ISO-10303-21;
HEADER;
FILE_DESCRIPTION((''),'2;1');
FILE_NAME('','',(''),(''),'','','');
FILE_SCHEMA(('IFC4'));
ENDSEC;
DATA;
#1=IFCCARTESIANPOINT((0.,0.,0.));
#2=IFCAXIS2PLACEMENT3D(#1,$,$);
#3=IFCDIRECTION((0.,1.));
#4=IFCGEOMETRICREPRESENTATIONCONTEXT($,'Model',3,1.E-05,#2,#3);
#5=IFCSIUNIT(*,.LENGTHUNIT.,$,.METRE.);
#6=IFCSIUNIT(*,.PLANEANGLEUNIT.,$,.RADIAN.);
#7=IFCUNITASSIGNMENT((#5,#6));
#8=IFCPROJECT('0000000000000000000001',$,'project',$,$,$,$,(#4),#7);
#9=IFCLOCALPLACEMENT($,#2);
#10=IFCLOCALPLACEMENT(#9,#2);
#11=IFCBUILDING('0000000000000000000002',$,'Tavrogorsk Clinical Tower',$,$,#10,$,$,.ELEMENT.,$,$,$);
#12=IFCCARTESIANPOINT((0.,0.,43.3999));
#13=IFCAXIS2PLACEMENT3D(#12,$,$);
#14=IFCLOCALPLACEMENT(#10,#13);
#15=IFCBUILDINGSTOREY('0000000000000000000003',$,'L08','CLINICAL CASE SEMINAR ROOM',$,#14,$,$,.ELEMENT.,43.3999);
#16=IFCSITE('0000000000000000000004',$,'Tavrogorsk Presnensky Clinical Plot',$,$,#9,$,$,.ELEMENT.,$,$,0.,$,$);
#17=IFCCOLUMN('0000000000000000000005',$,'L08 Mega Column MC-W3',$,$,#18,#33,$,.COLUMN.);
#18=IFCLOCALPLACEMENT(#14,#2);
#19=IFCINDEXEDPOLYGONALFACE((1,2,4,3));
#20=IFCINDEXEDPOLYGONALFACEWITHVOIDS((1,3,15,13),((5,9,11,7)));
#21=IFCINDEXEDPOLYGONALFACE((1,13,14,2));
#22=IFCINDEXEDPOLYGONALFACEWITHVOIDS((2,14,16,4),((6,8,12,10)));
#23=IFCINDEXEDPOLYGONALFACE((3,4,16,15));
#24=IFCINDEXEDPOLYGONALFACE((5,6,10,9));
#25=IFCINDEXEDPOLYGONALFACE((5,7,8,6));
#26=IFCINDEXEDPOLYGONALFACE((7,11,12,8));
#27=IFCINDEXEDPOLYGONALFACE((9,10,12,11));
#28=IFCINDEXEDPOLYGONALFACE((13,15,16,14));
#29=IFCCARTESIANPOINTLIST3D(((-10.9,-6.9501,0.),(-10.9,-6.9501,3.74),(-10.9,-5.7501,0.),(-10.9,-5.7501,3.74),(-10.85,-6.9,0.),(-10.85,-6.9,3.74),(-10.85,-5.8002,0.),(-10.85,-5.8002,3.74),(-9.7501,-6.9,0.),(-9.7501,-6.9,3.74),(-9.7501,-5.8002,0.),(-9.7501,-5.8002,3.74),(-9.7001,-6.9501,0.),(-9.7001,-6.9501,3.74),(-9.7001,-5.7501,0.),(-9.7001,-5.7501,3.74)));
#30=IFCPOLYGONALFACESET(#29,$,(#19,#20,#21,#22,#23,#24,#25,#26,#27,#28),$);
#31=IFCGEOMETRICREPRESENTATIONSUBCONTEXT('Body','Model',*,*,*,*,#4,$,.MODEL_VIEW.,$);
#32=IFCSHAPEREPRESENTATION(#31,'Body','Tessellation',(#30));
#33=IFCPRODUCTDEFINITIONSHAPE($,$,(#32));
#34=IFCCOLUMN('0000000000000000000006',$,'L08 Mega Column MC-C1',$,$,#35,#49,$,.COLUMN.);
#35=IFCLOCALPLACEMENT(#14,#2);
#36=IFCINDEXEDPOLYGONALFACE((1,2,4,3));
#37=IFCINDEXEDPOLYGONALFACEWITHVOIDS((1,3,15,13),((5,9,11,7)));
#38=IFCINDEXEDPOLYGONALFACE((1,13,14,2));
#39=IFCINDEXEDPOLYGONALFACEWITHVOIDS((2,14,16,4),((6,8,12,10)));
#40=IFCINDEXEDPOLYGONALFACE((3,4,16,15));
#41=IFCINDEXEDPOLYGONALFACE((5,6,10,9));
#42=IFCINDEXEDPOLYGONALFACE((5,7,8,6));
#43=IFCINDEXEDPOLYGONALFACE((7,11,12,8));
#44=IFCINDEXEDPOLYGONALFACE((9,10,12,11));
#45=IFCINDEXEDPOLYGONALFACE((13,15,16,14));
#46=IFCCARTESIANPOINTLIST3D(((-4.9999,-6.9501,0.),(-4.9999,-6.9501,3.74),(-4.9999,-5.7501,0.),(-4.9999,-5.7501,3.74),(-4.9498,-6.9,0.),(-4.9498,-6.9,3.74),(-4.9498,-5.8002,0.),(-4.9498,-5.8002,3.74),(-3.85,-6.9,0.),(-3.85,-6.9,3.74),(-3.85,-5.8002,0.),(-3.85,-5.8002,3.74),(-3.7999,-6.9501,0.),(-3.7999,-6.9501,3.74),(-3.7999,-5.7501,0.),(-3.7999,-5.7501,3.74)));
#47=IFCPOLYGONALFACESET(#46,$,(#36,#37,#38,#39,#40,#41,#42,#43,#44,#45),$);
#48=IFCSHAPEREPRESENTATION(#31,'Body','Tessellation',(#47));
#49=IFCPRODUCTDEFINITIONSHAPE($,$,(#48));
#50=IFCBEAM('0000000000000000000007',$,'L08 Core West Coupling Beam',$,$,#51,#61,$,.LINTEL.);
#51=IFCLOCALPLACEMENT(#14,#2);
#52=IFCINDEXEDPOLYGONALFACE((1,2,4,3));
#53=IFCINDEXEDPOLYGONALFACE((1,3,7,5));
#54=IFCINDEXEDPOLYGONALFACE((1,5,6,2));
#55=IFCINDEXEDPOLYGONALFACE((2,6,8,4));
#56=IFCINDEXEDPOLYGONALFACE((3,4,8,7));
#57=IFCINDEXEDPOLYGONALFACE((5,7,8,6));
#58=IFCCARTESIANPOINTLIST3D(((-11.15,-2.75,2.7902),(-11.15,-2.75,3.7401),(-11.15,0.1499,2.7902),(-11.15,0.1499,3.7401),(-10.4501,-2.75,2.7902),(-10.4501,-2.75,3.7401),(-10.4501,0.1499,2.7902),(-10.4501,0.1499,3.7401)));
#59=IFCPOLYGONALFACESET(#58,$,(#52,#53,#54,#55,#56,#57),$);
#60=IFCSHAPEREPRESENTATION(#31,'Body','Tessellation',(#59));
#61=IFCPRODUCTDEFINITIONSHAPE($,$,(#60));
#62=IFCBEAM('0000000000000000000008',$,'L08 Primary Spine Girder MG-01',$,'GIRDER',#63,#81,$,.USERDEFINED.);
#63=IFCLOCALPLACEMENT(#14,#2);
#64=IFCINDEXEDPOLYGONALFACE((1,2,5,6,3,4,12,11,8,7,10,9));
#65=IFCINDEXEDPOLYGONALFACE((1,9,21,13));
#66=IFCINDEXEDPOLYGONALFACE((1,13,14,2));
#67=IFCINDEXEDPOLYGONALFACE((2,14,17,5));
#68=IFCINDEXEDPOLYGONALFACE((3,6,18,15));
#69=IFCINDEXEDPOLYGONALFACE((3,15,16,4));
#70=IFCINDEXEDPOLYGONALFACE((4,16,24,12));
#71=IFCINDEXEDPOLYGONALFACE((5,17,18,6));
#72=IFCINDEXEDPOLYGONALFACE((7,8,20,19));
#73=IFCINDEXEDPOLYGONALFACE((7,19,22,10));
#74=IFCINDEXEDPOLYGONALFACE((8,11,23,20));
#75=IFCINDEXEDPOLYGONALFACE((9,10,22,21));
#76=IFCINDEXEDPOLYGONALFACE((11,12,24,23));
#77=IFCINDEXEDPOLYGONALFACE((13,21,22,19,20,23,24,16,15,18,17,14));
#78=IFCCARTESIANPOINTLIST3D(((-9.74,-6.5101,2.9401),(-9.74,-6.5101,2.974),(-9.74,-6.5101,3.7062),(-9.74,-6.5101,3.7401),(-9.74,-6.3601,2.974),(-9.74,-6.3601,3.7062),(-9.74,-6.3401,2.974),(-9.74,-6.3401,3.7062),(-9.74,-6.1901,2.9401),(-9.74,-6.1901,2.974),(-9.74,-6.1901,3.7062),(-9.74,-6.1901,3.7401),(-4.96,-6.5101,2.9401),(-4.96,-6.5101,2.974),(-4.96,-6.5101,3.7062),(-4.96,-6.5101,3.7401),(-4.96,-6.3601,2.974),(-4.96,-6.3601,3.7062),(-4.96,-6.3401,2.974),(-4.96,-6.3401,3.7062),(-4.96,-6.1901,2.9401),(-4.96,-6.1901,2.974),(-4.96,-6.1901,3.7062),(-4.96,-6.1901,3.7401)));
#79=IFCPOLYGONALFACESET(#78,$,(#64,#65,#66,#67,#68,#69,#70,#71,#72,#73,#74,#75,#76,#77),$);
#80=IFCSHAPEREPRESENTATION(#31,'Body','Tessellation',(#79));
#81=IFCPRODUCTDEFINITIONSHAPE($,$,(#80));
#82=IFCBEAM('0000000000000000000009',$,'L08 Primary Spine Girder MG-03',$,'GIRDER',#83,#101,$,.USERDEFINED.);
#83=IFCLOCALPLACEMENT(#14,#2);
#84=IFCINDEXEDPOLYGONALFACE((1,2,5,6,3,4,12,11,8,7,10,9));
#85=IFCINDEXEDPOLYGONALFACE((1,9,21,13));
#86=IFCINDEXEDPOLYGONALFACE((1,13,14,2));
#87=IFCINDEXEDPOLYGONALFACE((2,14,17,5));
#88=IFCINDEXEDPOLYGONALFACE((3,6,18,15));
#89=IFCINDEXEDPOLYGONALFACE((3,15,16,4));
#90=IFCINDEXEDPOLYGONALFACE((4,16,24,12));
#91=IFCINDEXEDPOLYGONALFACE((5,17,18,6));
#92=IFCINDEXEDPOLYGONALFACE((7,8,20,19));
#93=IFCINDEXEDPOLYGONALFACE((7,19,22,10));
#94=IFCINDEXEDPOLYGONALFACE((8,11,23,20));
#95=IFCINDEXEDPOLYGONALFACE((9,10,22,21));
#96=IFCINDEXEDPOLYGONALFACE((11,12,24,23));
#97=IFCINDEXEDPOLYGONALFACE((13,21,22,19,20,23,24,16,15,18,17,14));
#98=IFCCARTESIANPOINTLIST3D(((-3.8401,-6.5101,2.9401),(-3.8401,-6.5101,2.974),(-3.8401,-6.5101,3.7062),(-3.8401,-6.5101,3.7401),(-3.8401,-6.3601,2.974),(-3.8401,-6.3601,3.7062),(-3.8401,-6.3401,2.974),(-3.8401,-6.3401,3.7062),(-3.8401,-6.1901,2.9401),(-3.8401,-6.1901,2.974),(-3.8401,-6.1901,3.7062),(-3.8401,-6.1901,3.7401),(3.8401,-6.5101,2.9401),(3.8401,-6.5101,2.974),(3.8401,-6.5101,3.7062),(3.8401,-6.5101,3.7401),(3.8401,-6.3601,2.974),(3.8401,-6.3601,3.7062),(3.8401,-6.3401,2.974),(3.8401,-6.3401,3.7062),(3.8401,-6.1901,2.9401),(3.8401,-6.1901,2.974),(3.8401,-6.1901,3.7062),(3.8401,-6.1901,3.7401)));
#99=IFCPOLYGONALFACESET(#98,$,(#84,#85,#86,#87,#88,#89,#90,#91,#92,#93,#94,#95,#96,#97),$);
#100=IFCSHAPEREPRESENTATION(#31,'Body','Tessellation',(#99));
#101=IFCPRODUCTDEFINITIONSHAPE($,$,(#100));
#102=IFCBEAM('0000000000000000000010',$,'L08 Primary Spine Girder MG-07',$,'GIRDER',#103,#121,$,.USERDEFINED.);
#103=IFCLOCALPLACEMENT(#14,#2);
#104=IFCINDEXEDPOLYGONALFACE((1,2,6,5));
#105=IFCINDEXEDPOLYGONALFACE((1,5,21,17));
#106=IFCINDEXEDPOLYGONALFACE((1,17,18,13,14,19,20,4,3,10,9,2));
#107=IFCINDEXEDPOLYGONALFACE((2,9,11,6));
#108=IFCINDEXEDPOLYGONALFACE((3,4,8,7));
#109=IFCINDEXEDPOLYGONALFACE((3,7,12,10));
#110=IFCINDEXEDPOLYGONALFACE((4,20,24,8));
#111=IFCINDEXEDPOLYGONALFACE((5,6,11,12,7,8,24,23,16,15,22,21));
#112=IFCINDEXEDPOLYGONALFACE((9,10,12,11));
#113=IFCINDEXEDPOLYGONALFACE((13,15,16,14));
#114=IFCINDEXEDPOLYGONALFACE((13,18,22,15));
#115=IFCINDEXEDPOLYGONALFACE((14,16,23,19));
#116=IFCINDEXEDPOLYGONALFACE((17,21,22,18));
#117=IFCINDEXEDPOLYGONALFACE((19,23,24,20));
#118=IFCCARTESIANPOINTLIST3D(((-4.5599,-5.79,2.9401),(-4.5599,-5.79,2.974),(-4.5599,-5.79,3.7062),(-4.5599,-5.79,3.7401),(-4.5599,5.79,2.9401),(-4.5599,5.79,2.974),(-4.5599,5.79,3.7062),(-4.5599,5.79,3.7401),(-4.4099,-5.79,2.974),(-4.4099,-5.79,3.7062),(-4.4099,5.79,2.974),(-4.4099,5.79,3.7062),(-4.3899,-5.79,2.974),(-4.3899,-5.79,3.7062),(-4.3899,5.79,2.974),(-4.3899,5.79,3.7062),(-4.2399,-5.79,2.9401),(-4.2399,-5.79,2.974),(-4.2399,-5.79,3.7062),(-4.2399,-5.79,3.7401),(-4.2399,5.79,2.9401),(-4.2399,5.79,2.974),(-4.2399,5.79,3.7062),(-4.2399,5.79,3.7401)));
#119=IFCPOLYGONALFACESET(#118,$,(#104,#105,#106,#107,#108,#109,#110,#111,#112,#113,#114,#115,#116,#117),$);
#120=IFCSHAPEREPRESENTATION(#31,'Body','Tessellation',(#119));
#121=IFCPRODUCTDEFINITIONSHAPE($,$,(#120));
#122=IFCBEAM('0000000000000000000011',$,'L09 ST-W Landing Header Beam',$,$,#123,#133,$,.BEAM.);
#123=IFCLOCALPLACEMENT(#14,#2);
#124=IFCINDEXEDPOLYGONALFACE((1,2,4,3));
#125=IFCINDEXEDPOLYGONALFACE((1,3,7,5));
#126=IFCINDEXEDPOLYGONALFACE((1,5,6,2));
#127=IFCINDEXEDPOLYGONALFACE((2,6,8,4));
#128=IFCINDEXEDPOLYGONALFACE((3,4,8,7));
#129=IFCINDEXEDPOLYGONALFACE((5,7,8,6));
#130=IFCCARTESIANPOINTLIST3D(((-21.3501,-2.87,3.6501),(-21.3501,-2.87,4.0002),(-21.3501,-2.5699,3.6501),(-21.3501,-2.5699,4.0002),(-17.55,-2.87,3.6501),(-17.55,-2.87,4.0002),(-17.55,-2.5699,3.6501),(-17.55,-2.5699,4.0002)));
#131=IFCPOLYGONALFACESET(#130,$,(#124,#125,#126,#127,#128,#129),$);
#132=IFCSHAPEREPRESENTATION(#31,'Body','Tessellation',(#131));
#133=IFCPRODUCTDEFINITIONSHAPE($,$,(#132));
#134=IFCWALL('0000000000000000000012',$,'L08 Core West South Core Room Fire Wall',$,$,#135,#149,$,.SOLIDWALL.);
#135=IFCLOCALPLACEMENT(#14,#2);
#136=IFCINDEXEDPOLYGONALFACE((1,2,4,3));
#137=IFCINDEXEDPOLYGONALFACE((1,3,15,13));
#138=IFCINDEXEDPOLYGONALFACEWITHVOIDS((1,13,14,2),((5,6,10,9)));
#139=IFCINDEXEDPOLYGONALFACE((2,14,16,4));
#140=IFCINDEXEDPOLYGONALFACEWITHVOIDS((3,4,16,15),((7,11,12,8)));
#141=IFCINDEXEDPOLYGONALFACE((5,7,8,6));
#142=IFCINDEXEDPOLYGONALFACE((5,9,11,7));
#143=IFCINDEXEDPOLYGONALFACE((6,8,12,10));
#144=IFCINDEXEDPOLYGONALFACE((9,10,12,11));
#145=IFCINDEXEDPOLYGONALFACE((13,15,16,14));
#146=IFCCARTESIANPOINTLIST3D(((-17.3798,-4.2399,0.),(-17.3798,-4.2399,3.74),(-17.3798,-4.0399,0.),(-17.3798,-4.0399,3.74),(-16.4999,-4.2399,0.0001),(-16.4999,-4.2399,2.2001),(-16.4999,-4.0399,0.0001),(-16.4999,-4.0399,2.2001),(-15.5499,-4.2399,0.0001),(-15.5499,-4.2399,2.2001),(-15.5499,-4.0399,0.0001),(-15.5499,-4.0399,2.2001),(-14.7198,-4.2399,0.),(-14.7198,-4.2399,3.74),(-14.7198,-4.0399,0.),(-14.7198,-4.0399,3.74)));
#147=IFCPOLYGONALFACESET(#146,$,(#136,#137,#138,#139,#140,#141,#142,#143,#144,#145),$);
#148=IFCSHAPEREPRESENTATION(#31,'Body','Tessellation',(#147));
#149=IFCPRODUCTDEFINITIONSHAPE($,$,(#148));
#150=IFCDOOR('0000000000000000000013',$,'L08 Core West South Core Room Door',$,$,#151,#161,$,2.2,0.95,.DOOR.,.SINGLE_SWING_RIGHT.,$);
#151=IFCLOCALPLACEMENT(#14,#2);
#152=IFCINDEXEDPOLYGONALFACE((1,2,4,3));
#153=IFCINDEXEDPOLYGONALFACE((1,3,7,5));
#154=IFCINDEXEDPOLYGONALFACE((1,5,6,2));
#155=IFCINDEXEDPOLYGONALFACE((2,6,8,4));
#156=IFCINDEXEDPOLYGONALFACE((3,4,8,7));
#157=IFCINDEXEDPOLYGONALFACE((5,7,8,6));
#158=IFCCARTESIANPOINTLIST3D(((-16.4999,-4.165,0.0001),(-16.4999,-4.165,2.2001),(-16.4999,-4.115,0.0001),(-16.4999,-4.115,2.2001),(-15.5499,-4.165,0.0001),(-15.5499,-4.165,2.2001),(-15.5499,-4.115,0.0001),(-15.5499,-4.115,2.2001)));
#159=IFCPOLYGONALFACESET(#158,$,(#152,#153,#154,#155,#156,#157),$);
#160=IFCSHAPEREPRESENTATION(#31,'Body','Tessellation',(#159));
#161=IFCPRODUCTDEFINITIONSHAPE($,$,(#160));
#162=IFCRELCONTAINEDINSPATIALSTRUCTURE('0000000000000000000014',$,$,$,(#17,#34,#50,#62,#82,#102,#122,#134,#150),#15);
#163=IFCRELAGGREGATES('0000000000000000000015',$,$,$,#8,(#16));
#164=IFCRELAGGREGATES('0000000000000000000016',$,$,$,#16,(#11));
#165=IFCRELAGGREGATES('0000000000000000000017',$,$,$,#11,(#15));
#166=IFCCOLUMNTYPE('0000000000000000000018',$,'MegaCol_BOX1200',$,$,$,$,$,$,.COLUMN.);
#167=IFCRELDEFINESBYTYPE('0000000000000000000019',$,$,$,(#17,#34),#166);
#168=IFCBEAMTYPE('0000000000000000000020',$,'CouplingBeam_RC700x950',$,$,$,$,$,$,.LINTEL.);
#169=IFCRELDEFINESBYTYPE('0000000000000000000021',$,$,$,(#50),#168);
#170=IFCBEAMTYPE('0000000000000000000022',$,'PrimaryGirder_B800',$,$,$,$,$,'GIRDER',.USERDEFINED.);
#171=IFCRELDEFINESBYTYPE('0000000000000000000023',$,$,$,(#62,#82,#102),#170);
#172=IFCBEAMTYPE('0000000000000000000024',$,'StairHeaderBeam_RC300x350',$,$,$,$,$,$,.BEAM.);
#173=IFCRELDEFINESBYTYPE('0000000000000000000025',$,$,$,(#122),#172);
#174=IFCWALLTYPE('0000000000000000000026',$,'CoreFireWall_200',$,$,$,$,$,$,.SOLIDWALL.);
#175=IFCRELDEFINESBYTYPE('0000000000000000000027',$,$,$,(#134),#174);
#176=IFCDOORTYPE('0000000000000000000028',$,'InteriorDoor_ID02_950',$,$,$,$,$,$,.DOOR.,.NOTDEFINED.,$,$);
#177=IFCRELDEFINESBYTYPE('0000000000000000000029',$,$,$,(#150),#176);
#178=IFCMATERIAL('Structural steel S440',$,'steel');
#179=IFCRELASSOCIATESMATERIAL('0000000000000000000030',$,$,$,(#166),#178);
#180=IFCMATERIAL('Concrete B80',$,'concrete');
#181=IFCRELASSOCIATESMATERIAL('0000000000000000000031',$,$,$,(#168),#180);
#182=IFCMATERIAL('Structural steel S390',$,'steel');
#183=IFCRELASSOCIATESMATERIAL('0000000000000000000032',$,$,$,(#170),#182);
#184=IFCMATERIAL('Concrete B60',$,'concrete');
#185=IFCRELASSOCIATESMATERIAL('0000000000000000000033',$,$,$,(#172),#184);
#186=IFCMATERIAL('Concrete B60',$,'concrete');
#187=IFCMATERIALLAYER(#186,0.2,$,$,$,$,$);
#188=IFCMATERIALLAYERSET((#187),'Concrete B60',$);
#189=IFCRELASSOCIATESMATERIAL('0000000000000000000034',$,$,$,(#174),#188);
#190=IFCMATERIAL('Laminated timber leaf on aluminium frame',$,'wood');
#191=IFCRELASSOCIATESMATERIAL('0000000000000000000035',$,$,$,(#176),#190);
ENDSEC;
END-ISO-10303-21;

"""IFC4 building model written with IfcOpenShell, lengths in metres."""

from ifc_helpers import new_model, si_unit, direction, frame, frame_2d, origin, origin_2d, place, context, subcontext, project, spatial, rectangle, hollow_rectangle, i_section, extrude, material, layer, layer_set, material_profile, profile_set, type_object, element, fill, save


model = new_model("IFC4")

# Units and contexts
model_context = context("Model", 3, precision=1e-05, world=origin(), true_north=direction((0.0, 1.0)))
body_context = subcontext(model_context, "Body", "Model", "MODEL_VIEW")
ifc_project = project(units=[si_unit("LENGTHUNIT", "METRE"), si_unit("PLANEANGLEUNIT", "RADIAN")], contexts=[model_context])

# Site, building, storey
site_placement = place(None, origin())
site = spatial("IfcSite", under=ifc_project, at=site_placement, Name="Tavrogorsk Presnensky Clinical Plot", CompositionType="ELEMENT", RefElevation=0.0)
building_placement = place(site_placement, origin())
building = spatial("IfcBuilding", under=site, at=building_placement, Name="Tavrogorsk Clinical Tower", CompositionType="ELEMENT")
storey_placement = place(building_placement, frame((0.0, 0.0, 43.3999)))
storey = spatial("IfcBuildingStorey", under=building, at=storey_placement, Name="L08", Description="CLINICAL CASE SEMINAR ROOM", CompositionType="ELEMENT", Elevation=43.3999)

# Columns
ifc_material_1 = material(Name="Structural steel S440", Category="steel")
ifc_material_profile_1 = material_profile(ifc_material_1, hollow_rectangle(XDim=1.2, YDim=1.2, WallThickness=0.05, at=origin_2d()), Name="BOX-1200x1200x50")
ifc_profile_set_1 = profile_set([ifc_material_profile_1], Name="Structural steel S440")
column_type = type_object("IfcColumnType", Name="MegaCol_BOX1200", PredefinedType="COLUMN", material=ifc_profile_set_1)
for number, where, z_axis, x_axis, name in (
    (1, (-10.3, -6.3501, 0.0), (0.0, 0.0, 1.0), (1.0, 0.0, 0.0), "L08 Mega Column MC-W3"),
    (2, (-4.3999, -6.3501, 0.0), (0.0, 0.0, 1.0), (1.0, 0.0, 0.0), "L08 Mega Column MC-C1"),
):
    element("IfcColumn", number, at=place(storey_placement, frame(where, z_axis=z_axis, x_axis=x_axis)), inside=storey, type_object=column_type, Name=name, PredefinedType="COLUMN", context=body_context, shape_type="SweptSolid", body=[
        extrude(hollow_rectangle(XDim=1.2, YDim=1.2, WallThickness=0.05, at=origin_2d()), origin(), (0.0, 0.0, 1.0), 3.74),
    ])

# Beams
ifc_material_2 = material(Name="Concrete B80", Category="concrete")
ifc_material_profile_2 = material_profile(ifc_material_2, rectangle(XDim=0.7, YDim=0.95, at=origin_2d()), Name="RC-CB-700x950")
ifc_profile_set_2 = profile_set([ifc_material_profile_2], Name="Concrete B80")
beam_type_1 = type_object("IfcBeamType", Name="CouplingBeam_RC700x950", PredefinedType="LINTEL", material=ifc_profile_set_2)
beam_1_placement = place(storey_placement, frame((-10.8, -2.75, 3.2651), z_axis=(0.0, 1.0, 0.0), x_axis=(-1.0, 0.0, 0.0)))
element("IfcBeam", 3, at=beam_1_placement, inside=storey, type_object=beam_type_1, Name="L08 Core West Coupling Beam", PredefinedType="LINTEL", context=body_context, shape_type="SweptSolid", body=[
    extrude(rectangle(XDim=0.7, YDim=0.95, at=origin_2d()), origin(), (0.0, 0.0, 1.0), 2.8999),
])
ifc_material_3 = material(Name="Structural steel S390", Category="steel")
ifc_material_profile_3 = material_profile(ifc_material_3, i_section(OverallWidth=0.3201, OverallDepth=0.8, WebThickness=0.02, FlangeThickness=0.0339, at=origin_2d()), Name="B-800x320x20x34")
ifc_profile_set_3 = profile_set([ifc_material_profile_3], Name="Structural steel S390")
beam_type_2 = type_object("IfcBeamType", Name="PrimaryGirder_B800", ElementType="GIRDER", PredefinedType="USERDEFINED", material=ifc_profile_set_3)
beam_2_placement = place(storey_placement, frame((-9.74, -6.3501, 3.3401), z_axis=(1.0, 0.0, 0.0), x_axis=(0.0, 1.0, 0.0)))
element("IfcBeam", 4, at=beam_2_placement, inside=storey, type_object=beam_type_2, Name="L08 Primary Spine Girder MG-01", ObjectType="GIRDER", PredefinedType="USERDEFINED", context=body_context, shape_type="SweptSolid", body=[
    extrude(i_section(OverallWidth=0.3201, OverallDepth=0.8, WebThickness=0.02, FlangeThickness=0.0339, at=origin_2d()), origin(), (0.0, 0.0, 1.0), 4.78),
])
beam_3_placement = place(storey_placement, frame((-3.8401, -6.3501, 3.3401), z_axis=(1.0, 0.0, 0.0), x_axis=(0.0, 1.0, 0.0)))
element("IfcBeam", 5, at=beam_3_placement, inside=storey, type_object=beam_type_2, Name="L08 Primary Spine Girder MG-03", ObjectType="GIRDER", PredefinedType="USERDEFINED", context=body_context, shape_type="SweptSolid", body=[
    extrude(i_section(OverallWidth=0.3201, OverallDepth=0.8, WebThickness=0.02, FlangeThickness=0.0339, at=origin_2d()), origin(), (0.0, 0.0, 1.0), 7.6802),
])
beam_4_placement = place(storey_placement, frame((-4.3999, -5.79, 3.3401), z_axis=(0.0, 1.0, 0.0), x_axis=(-1.0, 0.0, 0.0)))
element("IfcBeam", 6, at=beam_4_placement, inside=storey, type_object=beam_type_2, Name="L08 Primary Spine Girder MG-07", ObjectType="GIRDER", PredefinedType="USERDEFINED", context=body_context, shape_type="SweptSolid", body=[
    extrude(i_section(OverallWidth=0.3201, OverallDepth=0.8, WebThickness=0.02, FlangeThickness=0.0339, at=origin_2d()), origin(), (0.0, 0.0, 1.0), 11.5801),
])
ifc_material_4 = material(Name="Concrete B60", Category="concrete")
ifc_material_profile_4 = material_profile(ifc_material_4, rectangle(XDim=0.3, YDim=0.3501, at=origin_2d()), Name="RC-SHB-300x350")
ifc_profile_set_4 = profile_set([ifc_material_profile_4], Name="Concrete B60")
beam_type_3 = type_object("IfcBeamType", Name="StairHeaderBeam_RC300x350", PredefinedType="BEAM", material=ifc_profile_set_4)
beam_5_placement = place(storey_placement, frame((-21.3501, -2.72, 3.8252), z_axis=(1.0, 0.0, 0.0), x_axis=(0.0, 1.0, 0.0)))
element("IfcBeam", 7, at=beam_5_placement, inside=storey, type_object=beam_type_3, Name="L09 ST-W Landing Header Beam", PredefinedType="BEAM", context=body_context, shape_type="SweptSolid", body=[
    extrude(rectangle(XDim=0.3, YDim=0.3501, at=origin_2d()), origin(), (0.0, 0.0, 1.0), 3.8),
])

# Wall, opening, door
ifc_material_5 = material(Name="Concrete B60", Category="concrete")
ifc_layer_1 = layer(ifc_material_5, 0.2)
ifc_layer_set_1 = layer_set([ifc_layer_1], Name="Concrete B60")
wall_type_1 = type_object("IfcWallType", Name="CoreFireWall_200", PredefinedType="SOLIDWALL", material=ifc_layer_set_1)
wall_1_placement = place(storey_placement, frame((-17.3799, -4.1399, 0.0), z_axis=(0.0, 0.0, 1.0), x_axis=(1.0, 0.0, 0.0)))
wall_1 = element("IfcWall", 8, at=wall_1_placement, inside=storey, type_object=wall_type_1, Name="L08 Core West South Core Room Fire Wall", PredefinedType="SOLIDWALL", context=body_context, shape_type="SweptSolid", body=[
    extrude(rectangle(XDim=2.6599, YDim=0.2, at=frame_2d((1.3301, 0.0))), origin(), (0.0, 0.0, 1.0), 3.74),
])
opening_1_placement = place(wall_1_placement, frame((0.8799, 0.0, 0.0)))
opening_1 = element("IfcOpeningElement", 9, at=opening_1_placement, cuts=wall_1, PredefinedType="OPENING", context=body_context, shape_type="SweptSolid", body=[
    extrude(rectangle(XDim=0.95, YDim=2.2, at=frame_2d((0.4751, 1.1001))), frame((0.0, 0.1099, 0.0), z_axis=(0.0, -1.0, 0.0), x_axis=(1.0, 0.0, 0.0)), (0.0, 0.0, 1.0), 0.22),
])
ifc_material_6 = material(Name="Laminated timber leaf on aluminium frame", Category="wood")
door_type_1 = type_object("IfcDoorType", Name="InteriorDoor_ID02_950", OperationType="NOTDEFINED", PredefinedType="DOOR", material=ifc_material_6)
door_1_placement = place(opening_1_placement, origin())
door_1 = element("IfcDoor", 10, at=door_1_placement, inside=storey, type_object=door_type_1, Name="L08 Core West South Core Room Door", OperationType="SINGLE_SWING_RIGHT", OverallHeight=2.2, OverallWidth=0.95, PredefinedType="DOOR", context=body_context, shape_type="SweptSolid", body=[
    extrude(rectangle(XDim=0.95, YDim=2.2, at=frame_2d((0.4751, 1.1001))), frame((0.0, 0.0249, 0.0), z_axis=(0.0, -1.0, 0.0), x_axis=(1.0, 0.0, 0.0)), (0.0, 0.0, 1.0), 0.05),
])
fill(opening_1, door_1)

save(model, "model.ifc")
